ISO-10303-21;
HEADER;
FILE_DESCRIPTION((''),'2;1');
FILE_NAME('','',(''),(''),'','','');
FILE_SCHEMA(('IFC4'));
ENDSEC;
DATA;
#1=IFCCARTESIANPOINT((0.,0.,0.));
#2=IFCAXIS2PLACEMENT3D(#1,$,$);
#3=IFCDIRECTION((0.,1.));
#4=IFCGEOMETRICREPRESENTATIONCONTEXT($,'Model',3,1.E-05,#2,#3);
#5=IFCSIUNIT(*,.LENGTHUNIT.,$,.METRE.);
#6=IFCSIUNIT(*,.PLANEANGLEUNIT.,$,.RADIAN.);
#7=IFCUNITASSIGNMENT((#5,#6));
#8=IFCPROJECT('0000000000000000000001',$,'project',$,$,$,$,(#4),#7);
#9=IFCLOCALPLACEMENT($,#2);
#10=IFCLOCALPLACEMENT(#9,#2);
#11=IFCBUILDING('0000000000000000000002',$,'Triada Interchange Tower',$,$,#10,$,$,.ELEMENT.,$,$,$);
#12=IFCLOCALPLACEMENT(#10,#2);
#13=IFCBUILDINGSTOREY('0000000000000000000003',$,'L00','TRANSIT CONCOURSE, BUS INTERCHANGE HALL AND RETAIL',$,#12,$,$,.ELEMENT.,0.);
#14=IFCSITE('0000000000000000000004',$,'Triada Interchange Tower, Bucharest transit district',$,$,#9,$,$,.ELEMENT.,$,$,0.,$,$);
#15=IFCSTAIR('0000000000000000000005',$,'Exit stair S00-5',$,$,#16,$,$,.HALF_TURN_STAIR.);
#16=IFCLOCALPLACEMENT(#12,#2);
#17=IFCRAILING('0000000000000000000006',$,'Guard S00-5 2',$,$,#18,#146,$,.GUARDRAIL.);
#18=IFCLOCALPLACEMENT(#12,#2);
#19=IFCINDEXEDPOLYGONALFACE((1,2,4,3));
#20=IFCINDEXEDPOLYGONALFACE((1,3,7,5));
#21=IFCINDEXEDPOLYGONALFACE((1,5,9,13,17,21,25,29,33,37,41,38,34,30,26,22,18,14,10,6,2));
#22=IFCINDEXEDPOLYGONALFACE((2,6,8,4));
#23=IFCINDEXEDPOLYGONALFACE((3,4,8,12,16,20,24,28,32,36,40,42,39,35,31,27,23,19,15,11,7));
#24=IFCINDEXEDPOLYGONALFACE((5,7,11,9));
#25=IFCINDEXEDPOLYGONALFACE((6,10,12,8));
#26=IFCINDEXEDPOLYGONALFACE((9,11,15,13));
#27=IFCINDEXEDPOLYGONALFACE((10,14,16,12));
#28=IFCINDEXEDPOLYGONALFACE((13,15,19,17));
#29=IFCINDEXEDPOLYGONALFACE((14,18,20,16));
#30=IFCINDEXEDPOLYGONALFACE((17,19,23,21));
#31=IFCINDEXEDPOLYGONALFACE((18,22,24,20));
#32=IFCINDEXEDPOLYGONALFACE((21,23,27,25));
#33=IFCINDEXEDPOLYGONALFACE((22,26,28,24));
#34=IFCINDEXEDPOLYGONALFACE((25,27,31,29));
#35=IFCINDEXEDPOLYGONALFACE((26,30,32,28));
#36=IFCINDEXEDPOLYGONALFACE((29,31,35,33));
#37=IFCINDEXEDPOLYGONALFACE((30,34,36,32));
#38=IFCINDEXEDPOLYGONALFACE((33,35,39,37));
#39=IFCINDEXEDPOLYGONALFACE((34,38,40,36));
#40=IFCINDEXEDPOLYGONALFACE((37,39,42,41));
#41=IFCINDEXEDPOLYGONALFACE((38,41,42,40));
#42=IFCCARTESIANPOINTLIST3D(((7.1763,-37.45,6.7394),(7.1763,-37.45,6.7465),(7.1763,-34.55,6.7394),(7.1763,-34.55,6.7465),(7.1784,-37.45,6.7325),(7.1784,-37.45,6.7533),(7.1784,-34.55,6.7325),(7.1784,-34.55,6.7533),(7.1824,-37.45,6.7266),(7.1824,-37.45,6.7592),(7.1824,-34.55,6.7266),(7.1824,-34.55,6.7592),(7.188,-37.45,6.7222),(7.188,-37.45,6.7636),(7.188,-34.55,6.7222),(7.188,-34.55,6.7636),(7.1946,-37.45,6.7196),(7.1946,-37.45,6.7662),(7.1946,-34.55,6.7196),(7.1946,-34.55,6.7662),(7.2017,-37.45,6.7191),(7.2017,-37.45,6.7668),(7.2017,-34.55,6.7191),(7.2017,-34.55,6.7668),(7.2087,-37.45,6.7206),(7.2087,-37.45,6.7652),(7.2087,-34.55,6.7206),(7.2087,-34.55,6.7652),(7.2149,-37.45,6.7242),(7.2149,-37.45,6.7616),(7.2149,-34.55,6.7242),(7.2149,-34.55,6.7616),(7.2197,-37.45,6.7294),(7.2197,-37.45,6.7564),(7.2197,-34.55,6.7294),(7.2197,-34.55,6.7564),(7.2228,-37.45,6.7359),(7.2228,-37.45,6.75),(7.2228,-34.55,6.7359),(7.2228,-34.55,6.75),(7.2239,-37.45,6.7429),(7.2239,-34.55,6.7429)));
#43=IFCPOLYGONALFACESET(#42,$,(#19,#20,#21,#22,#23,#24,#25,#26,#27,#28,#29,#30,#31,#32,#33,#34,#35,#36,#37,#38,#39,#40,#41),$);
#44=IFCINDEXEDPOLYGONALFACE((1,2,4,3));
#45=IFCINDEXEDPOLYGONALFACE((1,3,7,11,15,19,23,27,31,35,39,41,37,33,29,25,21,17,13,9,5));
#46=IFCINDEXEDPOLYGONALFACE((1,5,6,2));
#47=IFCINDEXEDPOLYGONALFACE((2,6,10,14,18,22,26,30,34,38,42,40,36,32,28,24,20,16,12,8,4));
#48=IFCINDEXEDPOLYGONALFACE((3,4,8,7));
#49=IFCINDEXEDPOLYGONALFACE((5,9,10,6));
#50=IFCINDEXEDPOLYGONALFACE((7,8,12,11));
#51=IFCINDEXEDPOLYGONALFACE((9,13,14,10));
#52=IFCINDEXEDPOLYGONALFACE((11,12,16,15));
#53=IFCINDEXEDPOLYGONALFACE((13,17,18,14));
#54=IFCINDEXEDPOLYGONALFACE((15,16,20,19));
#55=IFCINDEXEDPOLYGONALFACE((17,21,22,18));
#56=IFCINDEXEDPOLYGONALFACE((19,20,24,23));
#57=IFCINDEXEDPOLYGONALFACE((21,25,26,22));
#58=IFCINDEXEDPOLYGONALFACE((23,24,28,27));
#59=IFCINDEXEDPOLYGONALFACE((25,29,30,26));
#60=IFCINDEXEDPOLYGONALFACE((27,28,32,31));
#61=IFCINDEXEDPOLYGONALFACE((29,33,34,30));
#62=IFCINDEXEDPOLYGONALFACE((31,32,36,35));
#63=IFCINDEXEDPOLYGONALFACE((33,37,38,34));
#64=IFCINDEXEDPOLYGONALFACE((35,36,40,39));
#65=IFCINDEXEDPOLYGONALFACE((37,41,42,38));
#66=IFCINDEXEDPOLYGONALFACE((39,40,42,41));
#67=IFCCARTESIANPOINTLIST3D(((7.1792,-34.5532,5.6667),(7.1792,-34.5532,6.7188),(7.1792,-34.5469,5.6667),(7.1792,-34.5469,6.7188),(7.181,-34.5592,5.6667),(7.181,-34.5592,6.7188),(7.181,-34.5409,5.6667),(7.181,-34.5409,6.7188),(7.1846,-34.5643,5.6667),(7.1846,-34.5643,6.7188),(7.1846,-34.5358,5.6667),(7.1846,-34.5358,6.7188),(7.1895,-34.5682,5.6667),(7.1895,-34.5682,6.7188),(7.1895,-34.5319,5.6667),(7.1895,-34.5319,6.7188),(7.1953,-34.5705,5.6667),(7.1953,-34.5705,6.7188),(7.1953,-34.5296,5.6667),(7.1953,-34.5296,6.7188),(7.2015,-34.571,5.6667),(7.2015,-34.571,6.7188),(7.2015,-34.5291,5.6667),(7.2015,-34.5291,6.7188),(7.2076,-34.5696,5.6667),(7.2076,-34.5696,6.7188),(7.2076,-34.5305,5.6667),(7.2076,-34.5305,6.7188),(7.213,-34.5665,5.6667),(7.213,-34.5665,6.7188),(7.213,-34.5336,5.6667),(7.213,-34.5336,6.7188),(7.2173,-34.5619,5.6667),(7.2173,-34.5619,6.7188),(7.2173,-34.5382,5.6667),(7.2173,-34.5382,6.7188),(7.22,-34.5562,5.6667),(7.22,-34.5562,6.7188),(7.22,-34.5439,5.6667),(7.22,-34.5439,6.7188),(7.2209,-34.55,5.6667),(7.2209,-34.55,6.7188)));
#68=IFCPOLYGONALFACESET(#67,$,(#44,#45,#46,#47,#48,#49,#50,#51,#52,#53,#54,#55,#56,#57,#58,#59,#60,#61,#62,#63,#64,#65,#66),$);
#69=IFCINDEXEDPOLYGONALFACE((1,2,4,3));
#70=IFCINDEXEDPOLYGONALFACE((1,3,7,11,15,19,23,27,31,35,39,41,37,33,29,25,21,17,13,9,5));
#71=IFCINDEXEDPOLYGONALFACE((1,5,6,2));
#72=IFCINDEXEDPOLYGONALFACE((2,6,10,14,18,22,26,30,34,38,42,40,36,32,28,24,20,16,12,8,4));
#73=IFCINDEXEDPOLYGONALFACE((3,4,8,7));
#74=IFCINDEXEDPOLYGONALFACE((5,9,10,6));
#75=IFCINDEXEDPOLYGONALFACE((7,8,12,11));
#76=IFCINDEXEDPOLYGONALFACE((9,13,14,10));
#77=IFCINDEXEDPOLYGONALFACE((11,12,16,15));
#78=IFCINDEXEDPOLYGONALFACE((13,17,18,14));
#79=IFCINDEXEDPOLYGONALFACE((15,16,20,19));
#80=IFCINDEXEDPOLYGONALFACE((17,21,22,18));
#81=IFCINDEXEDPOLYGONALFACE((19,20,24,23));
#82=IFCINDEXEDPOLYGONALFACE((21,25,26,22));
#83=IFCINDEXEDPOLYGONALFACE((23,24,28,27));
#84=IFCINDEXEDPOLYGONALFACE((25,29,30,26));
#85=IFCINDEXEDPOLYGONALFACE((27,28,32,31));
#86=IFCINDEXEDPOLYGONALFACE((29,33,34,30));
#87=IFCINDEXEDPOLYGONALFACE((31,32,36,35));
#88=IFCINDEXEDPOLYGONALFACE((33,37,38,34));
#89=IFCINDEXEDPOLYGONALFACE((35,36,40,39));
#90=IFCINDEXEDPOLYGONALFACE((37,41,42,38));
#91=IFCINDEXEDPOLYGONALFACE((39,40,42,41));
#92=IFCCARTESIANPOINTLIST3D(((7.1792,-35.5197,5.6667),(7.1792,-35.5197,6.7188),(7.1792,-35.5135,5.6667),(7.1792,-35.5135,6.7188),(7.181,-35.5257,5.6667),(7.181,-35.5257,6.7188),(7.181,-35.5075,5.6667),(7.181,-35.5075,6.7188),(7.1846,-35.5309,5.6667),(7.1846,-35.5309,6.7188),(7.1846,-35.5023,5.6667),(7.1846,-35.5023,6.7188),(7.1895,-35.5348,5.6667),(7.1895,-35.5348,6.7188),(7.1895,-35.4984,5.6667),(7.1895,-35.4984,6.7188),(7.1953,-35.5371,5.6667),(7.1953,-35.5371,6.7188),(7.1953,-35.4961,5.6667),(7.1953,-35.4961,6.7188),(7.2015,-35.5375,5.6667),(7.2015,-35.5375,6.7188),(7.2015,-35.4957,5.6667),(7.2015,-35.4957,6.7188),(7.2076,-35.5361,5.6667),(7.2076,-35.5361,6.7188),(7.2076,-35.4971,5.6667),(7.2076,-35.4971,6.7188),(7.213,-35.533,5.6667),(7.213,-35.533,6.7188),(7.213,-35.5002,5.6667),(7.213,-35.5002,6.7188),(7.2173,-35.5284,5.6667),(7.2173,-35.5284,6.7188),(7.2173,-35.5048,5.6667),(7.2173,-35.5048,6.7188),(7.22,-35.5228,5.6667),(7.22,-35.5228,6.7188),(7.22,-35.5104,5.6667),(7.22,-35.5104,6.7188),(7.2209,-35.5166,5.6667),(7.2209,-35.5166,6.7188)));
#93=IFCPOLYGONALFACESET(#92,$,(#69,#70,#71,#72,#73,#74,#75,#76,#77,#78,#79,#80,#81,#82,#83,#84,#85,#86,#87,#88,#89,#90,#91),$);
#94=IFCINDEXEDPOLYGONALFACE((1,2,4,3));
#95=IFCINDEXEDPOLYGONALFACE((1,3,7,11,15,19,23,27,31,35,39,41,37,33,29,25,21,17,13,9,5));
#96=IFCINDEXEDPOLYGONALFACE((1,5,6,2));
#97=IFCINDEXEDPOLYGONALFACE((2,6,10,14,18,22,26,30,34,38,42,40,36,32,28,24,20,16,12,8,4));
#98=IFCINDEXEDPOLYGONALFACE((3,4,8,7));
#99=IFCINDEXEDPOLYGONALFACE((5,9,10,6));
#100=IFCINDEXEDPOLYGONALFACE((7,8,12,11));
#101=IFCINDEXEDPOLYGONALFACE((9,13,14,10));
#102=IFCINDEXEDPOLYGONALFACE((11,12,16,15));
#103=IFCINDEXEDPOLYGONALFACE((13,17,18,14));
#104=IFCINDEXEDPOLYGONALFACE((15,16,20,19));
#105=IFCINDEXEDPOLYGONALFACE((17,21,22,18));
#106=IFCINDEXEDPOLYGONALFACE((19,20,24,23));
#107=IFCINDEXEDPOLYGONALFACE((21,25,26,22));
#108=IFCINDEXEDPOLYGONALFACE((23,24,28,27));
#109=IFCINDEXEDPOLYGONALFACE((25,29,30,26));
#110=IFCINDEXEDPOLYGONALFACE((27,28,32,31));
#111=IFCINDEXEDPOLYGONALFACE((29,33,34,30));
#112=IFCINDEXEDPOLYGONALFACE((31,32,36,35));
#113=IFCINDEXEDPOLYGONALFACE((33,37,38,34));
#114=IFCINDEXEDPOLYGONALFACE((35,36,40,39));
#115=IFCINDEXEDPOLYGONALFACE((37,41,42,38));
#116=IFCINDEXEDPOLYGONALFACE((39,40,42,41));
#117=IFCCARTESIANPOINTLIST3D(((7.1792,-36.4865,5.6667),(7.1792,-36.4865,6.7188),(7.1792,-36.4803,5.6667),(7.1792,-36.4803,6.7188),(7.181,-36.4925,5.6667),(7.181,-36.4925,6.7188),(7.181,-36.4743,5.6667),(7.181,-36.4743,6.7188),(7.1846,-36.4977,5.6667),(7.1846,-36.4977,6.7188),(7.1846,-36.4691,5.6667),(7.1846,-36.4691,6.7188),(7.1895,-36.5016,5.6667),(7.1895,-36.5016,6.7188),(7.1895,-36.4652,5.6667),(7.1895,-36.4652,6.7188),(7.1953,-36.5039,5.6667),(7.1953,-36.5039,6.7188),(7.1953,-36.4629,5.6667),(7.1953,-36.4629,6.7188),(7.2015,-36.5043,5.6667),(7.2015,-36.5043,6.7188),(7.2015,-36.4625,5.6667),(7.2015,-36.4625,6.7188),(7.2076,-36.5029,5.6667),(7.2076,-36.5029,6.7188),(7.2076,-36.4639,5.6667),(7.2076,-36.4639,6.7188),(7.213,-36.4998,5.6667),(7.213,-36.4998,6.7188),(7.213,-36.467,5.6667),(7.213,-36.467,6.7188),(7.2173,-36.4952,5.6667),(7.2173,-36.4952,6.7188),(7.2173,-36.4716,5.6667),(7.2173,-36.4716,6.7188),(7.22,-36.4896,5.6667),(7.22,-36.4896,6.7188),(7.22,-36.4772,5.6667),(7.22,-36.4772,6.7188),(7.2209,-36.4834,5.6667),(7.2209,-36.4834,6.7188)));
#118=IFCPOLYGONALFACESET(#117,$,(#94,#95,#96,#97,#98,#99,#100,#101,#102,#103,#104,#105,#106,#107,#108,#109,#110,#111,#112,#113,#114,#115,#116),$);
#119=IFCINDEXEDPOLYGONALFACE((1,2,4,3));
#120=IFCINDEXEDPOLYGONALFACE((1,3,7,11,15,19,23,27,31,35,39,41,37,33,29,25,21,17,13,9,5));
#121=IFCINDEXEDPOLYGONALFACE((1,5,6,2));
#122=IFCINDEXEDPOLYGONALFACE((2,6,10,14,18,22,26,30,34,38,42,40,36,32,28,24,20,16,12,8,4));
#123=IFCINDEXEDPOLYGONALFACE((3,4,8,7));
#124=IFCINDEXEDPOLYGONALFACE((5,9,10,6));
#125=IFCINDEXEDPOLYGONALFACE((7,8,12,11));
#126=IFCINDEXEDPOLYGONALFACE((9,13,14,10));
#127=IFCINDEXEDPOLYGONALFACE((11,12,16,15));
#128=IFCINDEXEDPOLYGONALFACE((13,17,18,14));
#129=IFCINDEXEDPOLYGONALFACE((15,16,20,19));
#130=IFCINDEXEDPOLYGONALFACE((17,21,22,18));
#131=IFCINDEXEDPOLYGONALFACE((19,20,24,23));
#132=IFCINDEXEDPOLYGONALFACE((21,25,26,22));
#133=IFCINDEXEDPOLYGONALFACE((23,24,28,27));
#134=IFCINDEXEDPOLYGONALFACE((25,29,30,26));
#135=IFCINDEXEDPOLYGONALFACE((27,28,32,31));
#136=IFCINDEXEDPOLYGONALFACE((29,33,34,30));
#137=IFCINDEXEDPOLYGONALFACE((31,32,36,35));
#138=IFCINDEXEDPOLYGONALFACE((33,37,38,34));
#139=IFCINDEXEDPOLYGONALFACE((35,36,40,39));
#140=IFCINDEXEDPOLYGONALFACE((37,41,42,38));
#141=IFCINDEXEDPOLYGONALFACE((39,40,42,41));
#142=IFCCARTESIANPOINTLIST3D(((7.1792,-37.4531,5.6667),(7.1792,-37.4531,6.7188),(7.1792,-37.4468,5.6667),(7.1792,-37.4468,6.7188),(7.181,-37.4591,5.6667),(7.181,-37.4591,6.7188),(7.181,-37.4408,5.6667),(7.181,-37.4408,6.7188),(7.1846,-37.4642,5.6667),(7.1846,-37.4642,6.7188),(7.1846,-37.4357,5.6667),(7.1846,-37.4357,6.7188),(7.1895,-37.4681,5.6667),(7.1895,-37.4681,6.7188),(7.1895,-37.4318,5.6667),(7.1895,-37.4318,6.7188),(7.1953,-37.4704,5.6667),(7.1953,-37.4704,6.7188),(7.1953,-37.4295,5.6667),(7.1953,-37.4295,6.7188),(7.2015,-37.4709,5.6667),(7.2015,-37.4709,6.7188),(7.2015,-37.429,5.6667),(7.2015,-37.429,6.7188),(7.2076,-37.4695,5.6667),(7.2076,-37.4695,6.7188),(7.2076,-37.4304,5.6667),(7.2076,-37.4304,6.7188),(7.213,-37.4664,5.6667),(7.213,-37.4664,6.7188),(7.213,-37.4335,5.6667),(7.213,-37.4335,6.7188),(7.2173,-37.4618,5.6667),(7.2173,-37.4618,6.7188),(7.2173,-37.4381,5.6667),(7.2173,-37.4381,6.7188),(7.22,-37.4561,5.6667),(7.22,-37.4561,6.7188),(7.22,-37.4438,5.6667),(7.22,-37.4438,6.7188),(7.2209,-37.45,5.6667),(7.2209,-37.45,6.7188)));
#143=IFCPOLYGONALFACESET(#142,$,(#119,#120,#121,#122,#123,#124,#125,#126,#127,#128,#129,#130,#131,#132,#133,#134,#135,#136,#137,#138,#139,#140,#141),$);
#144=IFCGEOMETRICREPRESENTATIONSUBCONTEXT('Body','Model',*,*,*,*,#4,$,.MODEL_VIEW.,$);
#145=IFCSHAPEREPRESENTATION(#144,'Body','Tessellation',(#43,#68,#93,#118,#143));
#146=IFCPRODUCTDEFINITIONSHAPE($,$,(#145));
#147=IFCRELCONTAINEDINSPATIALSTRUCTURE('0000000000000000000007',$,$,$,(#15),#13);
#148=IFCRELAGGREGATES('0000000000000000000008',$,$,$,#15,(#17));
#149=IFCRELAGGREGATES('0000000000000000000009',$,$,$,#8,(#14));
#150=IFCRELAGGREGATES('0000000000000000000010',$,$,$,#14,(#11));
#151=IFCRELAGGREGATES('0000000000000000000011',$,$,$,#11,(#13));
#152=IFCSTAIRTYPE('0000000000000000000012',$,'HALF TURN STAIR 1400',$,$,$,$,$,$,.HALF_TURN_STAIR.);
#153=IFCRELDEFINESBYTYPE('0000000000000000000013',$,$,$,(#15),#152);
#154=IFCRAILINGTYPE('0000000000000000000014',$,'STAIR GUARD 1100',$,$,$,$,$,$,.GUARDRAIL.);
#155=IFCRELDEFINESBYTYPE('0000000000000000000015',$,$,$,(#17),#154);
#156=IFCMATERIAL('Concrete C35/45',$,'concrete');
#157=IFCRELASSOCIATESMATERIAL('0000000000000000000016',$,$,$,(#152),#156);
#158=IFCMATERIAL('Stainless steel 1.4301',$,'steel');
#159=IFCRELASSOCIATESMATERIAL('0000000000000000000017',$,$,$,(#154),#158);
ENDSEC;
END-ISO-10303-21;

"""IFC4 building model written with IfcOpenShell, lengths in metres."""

from ifc_helpers import new_model, si_unit, direction, frame, origin, origin_2d, place, context, subcontext, project, spatial, circle, extrude, material, type_object, element, aggregate, save


model = new_model("IFC4")

# Units and contexts
model_context = context("Model", 3, precision=1e-05, world=origin(), true_north=direction((0.0, 1.0)))
body_context = subcontext(model_context, "Body", "Model", "MODEL_VIEW")
ifc_project = project(units=[si_unit("LENGTHUNIT", "METRE"), si_unit("PLANEANGLEUNIT", "RADIAN")], contexts=[model_context])

# Site, building, storey
site_placement = place(None, origin())
site = spatial("IfcSite", under=ifc_project, at=site_placement, Name="Triada Interchange Tower, Bucharest transit district", CompositionType="ELEMENT", RefElevation=0.0)
building_placement = place(site_placement, origin())
building = spatial("IfcBuilding", under=site, at=building_placement, Name="Triada Interchange Tower", CompositionType="ELEMENT")
storey_placement = place(building_placement, origin())
storey = spatial("IfcBuildingStorey", under=building, at=storey_placement, Name="L00", Description="TRANSIT CONCOURSE, BUS INTERCHANGE HALL AND RETAIL", CompositionType="ELEMENT", Elevation=0.0)

# Shared definitions
ifc_material_1 = material(Name="Concrete C35/45", Category="concrete")

# Stair, railing
stair_type = type_object("IfcStairType", Name="HALF TURN STAIR 1400", PredefinedType="HALF_TURN_STAIR", material=ifc_material_1)
stair_1_placement = place(storey_placement, origin())
stair_1 = element("IfcStair", 1, at=stair_1_placement, inside=storey, type_object=stair_type, Name="Exit stair S00-5", PredefinedType="HALF_TURN_STAIR")
ifc_material_2 = material(Name="Stainless steel 1.4301", Category="steel")
railing_type_1 = type_object("IfcRailingType", Name="STAIR GUARD 1100", PredefinedType="GUARDRAIL", material=ifc_material_2)
railing_1_placement = place(storey_placement, frame((7.2, -34.55, 5.6667)))
railing_1 = element("IfcRailing", 2, at=railing_1_placement, type_object=railing_type_1, Name="Guard S00-5 2", PredefinedType="GUARDRAIL", context=body_context, shape_type="SweptSolid", body=[
    extrude(circle(Radius=0.0239, at=origin_2d()), frame((0.0, 0.0, 1.0762), z_axis=(0.0, -1.0, 0.0), x_axis=(1.0, 0.0, 0.0)), (0.0, 0.0, 1.0), 2.8999),
    extrude(circle(Radius=0.021, at=origin_2d()), origin(), (0.0, 0.0, 1.0), 1.052),
    extrude(circle(Radius=0.021, at=origin_2d()), frame((0.0, -0.9666, 0.0)), (0.0, 0.0, 1.0), 1.052),
    extrude(circle(Radius=0.021, at=origin_2d()), frame((0.0, -1.9333, 0.0)), (0.0, 0.0, 1.0), 1.052),
    extrude(circle(Radius=0.021, at=origin_2d()), frame((0.0, -2.8999, 0.0)), (0.0, 0.0, 1.0), 1.052),
])
aggregate(stair_1, [railing_1])

save(model, "model.ifc")
